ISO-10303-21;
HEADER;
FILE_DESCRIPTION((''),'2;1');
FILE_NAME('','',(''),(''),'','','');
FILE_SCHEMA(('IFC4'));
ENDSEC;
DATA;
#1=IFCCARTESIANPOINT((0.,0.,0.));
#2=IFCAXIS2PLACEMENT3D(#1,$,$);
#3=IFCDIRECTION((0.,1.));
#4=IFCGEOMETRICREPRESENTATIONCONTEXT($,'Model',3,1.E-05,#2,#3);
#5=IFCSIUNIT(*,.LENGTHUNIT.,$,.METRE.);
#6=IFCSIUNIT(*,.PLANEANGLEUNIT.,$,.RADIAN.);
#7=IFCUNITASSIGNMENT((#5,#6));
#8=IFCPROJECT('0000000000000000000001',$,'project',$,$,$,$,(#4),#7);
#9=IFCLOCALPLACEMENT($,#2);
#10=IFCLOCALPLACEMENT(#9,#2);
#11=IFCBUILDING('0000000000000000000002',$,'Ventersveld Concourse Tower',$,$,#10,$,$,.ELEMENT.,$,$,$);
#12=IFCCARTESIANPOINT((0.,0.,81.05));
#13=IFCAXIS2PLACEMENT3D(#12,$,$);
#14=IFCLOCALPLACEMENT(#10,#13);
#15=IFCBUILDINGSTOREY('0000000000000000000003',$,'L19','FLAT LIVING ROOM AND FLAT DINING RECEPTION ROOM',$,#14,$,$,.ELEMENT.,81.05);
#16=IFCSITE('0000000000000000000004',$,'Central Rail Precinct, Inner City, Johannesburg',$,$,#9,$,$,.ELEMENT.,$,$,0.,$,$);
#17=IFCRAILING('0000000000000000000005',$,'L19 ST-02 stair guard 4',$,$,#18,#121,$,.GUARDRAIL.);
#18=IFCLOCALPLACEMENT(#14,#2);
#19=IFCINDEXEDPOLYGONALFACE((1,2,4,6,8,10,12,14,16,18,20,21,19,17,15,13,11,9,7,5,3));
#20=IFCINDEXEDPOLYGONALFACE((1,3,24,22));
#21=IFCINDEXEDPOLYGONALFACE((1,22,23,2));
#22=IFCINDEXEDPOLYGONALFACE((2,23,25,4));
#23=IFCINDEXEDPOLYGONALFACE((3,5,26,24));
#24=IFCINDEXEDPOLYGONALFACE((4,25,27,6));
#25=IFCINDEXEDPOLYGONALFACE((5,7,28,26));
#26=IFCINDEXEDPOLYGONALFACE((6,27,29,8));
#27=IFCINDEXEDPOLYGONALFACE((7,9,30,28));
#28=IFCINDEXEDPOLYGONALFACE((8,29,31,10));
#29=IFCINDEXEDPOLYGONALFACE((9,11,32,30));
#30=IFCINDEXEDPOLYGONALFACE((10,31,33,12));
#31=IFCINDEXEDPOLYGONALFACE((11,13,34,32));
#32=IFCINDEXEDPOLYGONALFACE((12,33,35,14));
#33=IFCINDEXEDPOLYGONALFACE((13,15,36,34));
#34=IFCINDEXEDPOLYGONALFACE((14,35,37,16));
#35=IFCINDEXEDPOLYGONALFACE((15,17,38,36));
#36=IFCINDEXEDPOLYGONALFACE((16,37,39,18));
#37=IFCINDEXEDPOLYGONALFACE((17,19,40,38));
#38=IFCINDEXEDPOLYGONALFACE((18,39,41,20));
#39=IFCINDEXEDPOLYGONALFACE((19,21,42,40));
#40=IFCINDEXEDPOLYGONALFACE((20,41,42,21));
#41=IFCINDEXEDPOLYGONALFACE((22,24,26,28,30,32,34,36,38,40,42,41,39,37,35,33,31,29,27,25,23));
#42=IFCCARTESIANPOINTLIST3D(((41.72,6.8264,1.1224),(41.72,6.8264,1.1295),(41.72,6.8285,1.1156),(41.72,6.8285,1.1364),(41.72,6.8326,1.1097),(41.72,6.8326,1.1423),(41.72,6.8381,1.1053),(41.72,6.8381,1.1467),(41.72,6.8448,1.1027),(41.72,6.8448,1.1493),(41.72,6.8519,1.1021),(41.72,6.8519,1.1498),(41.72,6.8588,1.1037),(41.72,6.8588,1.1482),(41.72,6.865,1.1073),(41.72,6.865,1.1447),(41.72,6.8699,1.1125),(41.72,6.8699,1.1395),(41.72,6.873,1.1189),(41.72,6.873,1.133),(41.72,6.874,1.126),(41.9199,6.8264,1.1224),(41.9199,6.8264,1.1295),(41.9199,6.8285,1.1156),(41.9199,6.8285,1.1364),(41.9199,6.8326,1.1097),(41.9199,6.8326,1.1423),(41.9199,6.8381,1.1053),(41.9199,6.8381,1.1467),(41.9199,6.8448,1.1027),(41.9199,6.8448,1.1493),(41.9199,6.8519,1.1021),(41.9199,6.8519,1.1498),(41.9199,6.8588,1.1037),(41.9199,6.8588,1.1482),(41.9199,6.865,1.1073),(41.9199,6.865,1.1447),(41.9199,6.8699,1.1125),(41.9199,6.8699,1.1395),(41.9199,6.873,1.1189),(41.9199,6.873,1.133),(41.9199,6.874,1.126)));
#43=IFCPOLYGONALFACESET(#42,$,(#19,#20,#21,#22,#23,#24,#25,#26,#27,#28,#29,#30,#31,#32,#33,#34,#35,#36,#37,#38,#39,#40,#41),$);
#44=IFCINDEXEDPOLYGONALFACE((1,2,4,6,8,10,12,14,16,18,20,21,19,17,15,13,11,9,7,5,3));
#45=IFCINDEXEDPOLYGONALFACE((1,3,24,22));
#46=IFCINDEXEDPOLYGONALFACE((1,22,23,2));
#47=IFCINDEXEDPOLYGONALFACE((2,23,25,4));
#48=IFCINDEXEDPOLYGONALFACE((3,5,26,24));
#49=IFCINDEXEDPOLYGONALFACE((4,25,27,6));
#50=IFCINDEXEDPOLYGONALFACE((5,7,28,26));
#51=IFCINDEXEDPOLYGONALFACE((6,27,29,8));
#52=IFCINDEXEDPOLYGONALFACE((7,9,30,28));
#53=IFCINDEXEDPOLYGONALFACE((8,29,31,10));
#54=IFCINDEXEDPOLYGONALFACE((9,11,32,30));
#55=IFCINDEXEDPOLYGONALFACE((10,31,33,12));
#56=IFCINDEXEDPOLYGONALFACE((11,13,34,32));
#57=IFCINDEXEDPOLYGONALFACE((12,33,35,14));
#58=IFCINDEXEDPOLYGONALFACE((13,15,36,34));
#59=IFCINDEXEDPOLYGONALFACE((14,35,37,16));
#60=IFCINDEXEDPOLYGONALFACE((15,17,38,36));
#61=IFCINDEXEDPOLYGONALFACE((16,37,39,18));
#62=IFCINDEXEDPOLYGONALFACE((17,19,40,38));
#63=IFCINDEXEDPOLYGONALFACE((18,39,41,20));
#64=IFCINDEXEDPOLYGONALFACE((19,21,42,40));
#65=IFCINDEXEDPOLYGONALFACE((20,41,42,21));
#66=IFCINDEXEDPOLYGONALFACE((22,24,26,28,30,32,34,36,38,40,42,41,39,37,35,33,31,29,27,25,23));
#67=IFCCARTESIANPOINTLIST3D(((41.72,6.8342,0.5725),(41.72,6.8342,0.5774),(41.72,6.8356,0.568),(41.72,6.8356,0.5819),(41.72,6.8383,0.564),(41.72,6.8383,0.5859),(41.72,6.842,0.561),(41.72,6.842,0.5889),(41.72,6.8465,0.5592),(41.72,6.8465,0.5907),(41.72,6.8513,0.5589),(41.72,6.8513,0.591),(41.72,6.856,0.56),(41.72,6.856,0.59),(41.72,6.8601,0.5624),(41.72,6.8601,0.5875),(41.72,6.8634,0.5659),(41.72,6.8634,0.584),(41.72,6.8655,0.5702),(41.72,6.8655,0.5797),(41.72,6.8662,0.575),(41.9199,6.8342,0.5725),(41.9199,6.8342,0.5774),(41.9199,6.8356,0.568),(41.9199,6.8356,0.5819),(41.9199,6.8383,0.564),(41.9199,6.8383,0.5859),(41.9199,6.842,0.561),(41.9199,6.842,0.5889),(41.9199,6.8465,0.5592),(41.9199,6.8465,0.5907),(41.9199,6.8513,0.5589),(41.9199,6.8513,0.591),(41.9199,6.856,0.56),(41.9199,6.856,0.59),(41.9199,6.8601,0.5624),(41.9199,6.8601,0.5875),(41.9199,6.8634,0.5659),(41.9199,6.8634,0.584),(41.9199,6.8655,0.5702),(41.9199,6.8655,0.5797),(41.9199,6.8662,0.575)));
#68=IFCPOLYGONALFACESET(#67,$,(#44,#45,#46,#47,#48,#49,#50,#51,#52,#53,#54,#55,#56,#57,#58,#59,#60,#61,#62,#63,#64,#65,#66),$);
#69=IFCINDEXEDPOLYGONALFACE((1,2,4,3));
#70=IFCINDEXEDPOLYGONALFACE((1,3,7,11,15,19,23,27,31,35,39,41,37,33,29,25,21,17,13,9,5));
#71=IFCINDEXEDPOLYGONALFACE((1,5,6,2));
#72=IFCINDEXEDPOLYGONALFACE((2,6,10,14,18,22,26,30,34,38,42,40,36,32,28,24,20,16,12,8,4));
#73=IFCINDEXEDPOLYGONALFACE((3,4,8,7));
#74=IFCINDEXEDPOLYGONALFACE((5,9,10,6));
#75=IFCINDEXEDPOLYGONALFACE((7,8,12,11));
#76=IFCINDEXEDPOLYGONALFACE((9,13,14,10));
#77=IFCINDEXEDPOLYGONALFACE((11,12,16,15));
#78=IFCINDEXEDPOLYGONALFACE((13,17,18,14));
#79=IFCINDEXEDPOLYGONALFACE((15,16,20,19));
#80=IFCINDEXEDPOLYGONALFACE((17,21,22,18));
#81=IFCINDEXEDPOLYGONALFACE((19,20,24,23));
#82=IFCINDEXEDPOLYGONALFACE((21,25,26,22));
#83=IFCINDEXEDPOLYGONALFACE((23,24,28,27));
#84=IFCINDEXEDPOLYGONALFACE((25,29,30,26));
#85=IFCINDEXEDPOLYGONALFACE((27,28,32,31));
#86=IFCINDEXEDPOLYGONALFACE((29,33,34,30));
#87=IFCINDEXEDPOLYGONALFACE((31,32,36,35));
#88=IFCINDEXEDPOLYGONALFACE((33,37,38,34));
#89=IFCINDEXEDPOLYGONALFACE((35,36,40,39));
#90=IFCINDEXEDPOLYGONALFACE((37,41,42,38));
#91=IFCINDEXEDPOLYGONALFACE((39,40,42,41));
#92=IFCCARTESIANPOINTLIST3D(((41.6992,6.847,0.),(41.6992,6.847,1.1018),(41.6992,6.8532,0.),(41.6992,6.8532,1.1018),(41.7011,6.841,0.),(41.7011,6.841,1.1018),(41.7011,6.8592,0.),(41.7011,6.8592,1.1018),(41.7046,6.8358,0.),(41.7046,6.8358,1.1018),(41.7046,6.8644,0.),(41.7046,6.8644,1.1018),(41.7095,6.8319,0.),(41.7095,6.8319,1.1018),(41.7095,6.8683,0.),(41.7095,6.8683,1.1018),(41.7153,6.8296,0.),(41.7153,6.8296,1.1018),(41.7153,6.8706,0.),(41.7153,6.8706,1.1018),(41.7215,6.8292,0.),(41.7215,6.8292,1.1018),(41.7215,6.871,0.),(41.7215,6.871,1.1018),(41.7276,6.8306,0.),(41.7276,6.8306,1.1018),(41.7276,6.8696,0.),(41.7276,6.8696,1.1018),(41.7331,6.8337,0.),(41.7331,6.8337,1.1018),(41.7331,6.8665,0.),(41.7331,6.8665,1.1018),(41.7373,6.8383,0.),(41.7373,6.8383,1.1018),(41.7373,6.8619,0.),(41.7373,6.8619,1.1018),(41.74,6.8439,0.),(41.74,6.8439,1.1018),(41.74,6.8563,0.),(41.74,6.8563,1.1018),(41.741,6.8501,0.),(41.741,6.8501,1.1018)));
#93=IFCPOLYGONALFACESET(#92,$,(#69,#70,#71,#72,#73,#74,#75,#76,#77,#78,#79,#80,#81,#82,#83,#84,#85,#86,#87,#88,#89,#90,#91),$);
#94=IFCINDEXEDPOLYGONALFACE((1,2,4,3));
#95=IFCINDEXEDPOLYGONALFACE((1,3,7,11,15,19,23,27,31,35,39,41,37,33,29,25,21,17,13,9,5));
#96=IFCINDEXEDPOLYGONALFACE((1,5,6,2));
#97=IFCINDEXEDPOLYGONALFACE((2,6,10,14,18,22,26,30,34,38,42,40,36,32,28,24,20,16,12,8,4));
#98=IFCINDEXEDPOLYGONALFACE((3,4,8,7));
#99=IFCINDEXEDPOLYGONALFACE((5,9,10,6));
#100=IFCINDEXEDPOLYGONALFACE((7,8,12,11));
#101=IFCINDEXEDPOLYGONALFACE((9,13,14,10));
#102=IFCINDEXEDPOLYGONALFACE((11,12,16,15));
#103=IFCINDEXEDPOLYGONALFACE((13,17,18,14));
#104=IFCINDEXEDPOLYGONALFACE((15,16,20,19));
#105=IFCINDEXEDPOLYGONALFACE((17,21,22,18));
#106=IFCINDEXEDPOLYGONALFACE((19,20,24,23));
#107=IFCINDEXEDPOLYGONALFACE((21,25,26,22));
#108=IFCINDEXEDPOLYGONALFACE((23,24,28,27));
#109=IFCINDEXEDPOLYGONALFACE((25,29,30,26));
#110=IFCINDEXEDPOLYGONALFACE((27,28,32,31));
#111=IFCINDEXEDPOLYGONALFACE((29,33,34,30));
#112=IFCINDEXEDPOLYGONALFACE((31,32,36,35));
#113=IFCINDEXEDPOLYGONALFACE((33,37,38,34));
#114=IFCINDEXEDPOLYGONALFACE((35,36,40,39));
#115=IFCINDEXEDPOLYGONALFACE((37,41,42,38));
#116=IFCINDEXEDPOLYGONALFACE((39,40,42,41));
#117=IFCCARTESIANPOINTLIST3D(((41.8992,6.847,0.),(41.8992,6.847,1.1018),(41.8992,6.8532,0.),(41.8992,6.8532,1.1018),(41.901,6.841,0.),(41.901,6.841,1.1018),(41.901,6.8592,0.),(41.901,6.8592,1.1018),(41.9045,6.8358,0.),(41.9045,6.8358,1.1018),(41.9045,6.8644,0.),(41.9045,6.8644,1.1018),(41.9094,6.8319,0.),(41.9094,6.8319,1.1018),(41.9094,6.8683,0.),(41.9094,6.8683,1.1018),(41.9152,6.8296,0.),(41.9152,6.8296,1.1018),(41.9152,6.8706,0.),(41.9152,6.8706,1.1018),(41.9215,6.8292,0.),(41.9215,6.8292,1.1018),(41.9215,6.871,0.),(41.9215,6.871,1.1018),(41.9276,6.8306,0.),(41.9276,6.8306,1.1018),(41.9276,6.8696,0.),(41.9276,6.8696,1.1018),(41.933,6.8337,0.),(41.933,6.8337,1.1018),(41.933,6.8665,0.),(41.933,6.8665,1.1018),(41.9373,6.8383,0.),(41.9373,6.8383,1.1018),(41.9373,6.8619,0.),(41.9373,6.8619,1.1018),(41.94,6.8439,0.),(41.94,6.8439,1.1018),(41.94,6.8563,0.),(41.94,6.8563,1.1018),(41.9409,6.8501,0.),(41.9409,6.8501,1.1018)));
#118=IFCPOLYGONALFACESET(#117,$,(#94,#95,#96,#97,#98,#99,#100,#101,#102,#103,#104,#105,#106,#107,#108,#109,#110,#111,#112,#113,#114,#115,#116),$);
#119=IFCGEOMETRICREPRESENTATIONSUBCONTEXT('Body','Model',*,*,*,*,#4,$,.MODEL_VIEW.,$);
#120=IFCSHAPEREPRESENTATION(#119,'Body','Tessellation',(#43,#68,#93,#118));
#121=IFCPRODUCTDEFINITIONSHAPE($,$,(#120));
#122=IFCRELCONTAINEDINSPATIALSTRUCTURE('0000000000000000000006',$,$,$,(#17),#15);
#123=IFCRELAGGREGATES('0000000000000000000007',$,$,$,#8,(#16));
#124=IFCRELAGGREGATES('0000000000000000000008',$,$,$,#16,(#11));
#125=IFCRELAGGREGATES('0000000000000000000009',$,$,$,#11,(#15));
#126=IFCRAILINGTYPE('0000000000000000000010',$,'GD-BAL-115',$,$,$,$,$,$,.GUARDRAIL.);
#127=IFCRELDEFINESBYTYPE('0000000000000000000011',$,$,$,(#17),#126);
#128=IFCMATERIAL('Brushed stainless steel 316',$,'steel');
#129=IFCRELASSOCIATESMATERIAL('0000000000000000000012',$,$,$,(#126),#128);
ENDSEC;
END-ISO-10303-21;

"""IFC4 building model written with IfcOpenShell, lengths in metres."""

from ifc_helpers import new_model, si_unit, direction, frame, origin, origin_2d, place, context, subcontext, project, spatial, circle, extrude, material, type_object, element, save


model = new_model("IFC4")

# Units and contexts
model_context = context("Model", 3, precision=1e-05, world=origin(), true_north=direction((0.0, 1.0)))
body_context = subcontext(model_context, "Body", "Model", "MODEL_VIEW")
ifc_project = project(units=[si_unit("LENGTHUNIT", "METRE"), si_unit("PLANEANGLEUNIT", "RADIAN")], contexts=[model_context])

# Site, building, storey
site_placement = place(None, origin())
site = spatial("IfcSite", under=ifc_project, at=site_placement, Name="Central Rail Precinct, Inner City, Johannesburg", CompositionType="ELEMENT", RefElevation=0.0)
building_placement = place(site_placement, origin())
building = spatial("IfcBuilding", under=site, at=building_placement, Name="Ventersveld Concourse Tower", CompositionType="ELEMENT")
storey_placement = place(building_placement, frame((0.0, 0.0, 81.05)))
storey = spatial("IfcBuildingStorey", under=building, at=storey_placement, Name="L19", Description="FLAT LIVING ROOM AND FLAT DINING RECEPTION ROOM", CompositionType="ELEMENT", Elevation=81.05)

# Railing
ifc_material_1 = material(Name="Brushed stainless steel 316", Category="steel")
railing_type_1 = type_object("IfcRailingType", Name="GD-BAL-115", PredefinedType="GUARDRAIL", material=ifc_material_1)
railing_1_placement = place(storey_placement, frame((41.72, 6.8501, 0.0)))
element("IfcRailing", 1, at=railing_1_placement, inside=storey, type_object=railing_type_1, Name="L19 ST-02 stair guard 4", PredefinedType="GUARDRAIL", context=body_context, shape_type="SweptSolid", body=[
    extrude(circle(Radius=0.0239, at=origin_2d()), frame((0.0, 0.0, 1.126), z_axis=(1.0, 0.0, 0.0), x_axis=(0.0, 1.0, 0.0)), (0.0, 0.0, 1.0), 0.2),
    extrude(circle(Radius=0.0161, at=origin_2d()), frame((0.0, 0.0, 0.575), z_axis=(1.0, 0.0, 0.0), x_axis=(0.0, 1.0, 0.0)), (0.0, 0.0, 1.0), 0.2),
    extrude(circle(Radius=0.021, at=origin_2d()), origin(), (0.0, 0.0, 1.0), 1.1018),
    extrude(circle(Radius=0.021, at=origin_2d()), frame((0.2, 0.0, 0.0)), (0.0, 0.0, 1.0), 1.1018),
])

save(model, "model.ifc")
